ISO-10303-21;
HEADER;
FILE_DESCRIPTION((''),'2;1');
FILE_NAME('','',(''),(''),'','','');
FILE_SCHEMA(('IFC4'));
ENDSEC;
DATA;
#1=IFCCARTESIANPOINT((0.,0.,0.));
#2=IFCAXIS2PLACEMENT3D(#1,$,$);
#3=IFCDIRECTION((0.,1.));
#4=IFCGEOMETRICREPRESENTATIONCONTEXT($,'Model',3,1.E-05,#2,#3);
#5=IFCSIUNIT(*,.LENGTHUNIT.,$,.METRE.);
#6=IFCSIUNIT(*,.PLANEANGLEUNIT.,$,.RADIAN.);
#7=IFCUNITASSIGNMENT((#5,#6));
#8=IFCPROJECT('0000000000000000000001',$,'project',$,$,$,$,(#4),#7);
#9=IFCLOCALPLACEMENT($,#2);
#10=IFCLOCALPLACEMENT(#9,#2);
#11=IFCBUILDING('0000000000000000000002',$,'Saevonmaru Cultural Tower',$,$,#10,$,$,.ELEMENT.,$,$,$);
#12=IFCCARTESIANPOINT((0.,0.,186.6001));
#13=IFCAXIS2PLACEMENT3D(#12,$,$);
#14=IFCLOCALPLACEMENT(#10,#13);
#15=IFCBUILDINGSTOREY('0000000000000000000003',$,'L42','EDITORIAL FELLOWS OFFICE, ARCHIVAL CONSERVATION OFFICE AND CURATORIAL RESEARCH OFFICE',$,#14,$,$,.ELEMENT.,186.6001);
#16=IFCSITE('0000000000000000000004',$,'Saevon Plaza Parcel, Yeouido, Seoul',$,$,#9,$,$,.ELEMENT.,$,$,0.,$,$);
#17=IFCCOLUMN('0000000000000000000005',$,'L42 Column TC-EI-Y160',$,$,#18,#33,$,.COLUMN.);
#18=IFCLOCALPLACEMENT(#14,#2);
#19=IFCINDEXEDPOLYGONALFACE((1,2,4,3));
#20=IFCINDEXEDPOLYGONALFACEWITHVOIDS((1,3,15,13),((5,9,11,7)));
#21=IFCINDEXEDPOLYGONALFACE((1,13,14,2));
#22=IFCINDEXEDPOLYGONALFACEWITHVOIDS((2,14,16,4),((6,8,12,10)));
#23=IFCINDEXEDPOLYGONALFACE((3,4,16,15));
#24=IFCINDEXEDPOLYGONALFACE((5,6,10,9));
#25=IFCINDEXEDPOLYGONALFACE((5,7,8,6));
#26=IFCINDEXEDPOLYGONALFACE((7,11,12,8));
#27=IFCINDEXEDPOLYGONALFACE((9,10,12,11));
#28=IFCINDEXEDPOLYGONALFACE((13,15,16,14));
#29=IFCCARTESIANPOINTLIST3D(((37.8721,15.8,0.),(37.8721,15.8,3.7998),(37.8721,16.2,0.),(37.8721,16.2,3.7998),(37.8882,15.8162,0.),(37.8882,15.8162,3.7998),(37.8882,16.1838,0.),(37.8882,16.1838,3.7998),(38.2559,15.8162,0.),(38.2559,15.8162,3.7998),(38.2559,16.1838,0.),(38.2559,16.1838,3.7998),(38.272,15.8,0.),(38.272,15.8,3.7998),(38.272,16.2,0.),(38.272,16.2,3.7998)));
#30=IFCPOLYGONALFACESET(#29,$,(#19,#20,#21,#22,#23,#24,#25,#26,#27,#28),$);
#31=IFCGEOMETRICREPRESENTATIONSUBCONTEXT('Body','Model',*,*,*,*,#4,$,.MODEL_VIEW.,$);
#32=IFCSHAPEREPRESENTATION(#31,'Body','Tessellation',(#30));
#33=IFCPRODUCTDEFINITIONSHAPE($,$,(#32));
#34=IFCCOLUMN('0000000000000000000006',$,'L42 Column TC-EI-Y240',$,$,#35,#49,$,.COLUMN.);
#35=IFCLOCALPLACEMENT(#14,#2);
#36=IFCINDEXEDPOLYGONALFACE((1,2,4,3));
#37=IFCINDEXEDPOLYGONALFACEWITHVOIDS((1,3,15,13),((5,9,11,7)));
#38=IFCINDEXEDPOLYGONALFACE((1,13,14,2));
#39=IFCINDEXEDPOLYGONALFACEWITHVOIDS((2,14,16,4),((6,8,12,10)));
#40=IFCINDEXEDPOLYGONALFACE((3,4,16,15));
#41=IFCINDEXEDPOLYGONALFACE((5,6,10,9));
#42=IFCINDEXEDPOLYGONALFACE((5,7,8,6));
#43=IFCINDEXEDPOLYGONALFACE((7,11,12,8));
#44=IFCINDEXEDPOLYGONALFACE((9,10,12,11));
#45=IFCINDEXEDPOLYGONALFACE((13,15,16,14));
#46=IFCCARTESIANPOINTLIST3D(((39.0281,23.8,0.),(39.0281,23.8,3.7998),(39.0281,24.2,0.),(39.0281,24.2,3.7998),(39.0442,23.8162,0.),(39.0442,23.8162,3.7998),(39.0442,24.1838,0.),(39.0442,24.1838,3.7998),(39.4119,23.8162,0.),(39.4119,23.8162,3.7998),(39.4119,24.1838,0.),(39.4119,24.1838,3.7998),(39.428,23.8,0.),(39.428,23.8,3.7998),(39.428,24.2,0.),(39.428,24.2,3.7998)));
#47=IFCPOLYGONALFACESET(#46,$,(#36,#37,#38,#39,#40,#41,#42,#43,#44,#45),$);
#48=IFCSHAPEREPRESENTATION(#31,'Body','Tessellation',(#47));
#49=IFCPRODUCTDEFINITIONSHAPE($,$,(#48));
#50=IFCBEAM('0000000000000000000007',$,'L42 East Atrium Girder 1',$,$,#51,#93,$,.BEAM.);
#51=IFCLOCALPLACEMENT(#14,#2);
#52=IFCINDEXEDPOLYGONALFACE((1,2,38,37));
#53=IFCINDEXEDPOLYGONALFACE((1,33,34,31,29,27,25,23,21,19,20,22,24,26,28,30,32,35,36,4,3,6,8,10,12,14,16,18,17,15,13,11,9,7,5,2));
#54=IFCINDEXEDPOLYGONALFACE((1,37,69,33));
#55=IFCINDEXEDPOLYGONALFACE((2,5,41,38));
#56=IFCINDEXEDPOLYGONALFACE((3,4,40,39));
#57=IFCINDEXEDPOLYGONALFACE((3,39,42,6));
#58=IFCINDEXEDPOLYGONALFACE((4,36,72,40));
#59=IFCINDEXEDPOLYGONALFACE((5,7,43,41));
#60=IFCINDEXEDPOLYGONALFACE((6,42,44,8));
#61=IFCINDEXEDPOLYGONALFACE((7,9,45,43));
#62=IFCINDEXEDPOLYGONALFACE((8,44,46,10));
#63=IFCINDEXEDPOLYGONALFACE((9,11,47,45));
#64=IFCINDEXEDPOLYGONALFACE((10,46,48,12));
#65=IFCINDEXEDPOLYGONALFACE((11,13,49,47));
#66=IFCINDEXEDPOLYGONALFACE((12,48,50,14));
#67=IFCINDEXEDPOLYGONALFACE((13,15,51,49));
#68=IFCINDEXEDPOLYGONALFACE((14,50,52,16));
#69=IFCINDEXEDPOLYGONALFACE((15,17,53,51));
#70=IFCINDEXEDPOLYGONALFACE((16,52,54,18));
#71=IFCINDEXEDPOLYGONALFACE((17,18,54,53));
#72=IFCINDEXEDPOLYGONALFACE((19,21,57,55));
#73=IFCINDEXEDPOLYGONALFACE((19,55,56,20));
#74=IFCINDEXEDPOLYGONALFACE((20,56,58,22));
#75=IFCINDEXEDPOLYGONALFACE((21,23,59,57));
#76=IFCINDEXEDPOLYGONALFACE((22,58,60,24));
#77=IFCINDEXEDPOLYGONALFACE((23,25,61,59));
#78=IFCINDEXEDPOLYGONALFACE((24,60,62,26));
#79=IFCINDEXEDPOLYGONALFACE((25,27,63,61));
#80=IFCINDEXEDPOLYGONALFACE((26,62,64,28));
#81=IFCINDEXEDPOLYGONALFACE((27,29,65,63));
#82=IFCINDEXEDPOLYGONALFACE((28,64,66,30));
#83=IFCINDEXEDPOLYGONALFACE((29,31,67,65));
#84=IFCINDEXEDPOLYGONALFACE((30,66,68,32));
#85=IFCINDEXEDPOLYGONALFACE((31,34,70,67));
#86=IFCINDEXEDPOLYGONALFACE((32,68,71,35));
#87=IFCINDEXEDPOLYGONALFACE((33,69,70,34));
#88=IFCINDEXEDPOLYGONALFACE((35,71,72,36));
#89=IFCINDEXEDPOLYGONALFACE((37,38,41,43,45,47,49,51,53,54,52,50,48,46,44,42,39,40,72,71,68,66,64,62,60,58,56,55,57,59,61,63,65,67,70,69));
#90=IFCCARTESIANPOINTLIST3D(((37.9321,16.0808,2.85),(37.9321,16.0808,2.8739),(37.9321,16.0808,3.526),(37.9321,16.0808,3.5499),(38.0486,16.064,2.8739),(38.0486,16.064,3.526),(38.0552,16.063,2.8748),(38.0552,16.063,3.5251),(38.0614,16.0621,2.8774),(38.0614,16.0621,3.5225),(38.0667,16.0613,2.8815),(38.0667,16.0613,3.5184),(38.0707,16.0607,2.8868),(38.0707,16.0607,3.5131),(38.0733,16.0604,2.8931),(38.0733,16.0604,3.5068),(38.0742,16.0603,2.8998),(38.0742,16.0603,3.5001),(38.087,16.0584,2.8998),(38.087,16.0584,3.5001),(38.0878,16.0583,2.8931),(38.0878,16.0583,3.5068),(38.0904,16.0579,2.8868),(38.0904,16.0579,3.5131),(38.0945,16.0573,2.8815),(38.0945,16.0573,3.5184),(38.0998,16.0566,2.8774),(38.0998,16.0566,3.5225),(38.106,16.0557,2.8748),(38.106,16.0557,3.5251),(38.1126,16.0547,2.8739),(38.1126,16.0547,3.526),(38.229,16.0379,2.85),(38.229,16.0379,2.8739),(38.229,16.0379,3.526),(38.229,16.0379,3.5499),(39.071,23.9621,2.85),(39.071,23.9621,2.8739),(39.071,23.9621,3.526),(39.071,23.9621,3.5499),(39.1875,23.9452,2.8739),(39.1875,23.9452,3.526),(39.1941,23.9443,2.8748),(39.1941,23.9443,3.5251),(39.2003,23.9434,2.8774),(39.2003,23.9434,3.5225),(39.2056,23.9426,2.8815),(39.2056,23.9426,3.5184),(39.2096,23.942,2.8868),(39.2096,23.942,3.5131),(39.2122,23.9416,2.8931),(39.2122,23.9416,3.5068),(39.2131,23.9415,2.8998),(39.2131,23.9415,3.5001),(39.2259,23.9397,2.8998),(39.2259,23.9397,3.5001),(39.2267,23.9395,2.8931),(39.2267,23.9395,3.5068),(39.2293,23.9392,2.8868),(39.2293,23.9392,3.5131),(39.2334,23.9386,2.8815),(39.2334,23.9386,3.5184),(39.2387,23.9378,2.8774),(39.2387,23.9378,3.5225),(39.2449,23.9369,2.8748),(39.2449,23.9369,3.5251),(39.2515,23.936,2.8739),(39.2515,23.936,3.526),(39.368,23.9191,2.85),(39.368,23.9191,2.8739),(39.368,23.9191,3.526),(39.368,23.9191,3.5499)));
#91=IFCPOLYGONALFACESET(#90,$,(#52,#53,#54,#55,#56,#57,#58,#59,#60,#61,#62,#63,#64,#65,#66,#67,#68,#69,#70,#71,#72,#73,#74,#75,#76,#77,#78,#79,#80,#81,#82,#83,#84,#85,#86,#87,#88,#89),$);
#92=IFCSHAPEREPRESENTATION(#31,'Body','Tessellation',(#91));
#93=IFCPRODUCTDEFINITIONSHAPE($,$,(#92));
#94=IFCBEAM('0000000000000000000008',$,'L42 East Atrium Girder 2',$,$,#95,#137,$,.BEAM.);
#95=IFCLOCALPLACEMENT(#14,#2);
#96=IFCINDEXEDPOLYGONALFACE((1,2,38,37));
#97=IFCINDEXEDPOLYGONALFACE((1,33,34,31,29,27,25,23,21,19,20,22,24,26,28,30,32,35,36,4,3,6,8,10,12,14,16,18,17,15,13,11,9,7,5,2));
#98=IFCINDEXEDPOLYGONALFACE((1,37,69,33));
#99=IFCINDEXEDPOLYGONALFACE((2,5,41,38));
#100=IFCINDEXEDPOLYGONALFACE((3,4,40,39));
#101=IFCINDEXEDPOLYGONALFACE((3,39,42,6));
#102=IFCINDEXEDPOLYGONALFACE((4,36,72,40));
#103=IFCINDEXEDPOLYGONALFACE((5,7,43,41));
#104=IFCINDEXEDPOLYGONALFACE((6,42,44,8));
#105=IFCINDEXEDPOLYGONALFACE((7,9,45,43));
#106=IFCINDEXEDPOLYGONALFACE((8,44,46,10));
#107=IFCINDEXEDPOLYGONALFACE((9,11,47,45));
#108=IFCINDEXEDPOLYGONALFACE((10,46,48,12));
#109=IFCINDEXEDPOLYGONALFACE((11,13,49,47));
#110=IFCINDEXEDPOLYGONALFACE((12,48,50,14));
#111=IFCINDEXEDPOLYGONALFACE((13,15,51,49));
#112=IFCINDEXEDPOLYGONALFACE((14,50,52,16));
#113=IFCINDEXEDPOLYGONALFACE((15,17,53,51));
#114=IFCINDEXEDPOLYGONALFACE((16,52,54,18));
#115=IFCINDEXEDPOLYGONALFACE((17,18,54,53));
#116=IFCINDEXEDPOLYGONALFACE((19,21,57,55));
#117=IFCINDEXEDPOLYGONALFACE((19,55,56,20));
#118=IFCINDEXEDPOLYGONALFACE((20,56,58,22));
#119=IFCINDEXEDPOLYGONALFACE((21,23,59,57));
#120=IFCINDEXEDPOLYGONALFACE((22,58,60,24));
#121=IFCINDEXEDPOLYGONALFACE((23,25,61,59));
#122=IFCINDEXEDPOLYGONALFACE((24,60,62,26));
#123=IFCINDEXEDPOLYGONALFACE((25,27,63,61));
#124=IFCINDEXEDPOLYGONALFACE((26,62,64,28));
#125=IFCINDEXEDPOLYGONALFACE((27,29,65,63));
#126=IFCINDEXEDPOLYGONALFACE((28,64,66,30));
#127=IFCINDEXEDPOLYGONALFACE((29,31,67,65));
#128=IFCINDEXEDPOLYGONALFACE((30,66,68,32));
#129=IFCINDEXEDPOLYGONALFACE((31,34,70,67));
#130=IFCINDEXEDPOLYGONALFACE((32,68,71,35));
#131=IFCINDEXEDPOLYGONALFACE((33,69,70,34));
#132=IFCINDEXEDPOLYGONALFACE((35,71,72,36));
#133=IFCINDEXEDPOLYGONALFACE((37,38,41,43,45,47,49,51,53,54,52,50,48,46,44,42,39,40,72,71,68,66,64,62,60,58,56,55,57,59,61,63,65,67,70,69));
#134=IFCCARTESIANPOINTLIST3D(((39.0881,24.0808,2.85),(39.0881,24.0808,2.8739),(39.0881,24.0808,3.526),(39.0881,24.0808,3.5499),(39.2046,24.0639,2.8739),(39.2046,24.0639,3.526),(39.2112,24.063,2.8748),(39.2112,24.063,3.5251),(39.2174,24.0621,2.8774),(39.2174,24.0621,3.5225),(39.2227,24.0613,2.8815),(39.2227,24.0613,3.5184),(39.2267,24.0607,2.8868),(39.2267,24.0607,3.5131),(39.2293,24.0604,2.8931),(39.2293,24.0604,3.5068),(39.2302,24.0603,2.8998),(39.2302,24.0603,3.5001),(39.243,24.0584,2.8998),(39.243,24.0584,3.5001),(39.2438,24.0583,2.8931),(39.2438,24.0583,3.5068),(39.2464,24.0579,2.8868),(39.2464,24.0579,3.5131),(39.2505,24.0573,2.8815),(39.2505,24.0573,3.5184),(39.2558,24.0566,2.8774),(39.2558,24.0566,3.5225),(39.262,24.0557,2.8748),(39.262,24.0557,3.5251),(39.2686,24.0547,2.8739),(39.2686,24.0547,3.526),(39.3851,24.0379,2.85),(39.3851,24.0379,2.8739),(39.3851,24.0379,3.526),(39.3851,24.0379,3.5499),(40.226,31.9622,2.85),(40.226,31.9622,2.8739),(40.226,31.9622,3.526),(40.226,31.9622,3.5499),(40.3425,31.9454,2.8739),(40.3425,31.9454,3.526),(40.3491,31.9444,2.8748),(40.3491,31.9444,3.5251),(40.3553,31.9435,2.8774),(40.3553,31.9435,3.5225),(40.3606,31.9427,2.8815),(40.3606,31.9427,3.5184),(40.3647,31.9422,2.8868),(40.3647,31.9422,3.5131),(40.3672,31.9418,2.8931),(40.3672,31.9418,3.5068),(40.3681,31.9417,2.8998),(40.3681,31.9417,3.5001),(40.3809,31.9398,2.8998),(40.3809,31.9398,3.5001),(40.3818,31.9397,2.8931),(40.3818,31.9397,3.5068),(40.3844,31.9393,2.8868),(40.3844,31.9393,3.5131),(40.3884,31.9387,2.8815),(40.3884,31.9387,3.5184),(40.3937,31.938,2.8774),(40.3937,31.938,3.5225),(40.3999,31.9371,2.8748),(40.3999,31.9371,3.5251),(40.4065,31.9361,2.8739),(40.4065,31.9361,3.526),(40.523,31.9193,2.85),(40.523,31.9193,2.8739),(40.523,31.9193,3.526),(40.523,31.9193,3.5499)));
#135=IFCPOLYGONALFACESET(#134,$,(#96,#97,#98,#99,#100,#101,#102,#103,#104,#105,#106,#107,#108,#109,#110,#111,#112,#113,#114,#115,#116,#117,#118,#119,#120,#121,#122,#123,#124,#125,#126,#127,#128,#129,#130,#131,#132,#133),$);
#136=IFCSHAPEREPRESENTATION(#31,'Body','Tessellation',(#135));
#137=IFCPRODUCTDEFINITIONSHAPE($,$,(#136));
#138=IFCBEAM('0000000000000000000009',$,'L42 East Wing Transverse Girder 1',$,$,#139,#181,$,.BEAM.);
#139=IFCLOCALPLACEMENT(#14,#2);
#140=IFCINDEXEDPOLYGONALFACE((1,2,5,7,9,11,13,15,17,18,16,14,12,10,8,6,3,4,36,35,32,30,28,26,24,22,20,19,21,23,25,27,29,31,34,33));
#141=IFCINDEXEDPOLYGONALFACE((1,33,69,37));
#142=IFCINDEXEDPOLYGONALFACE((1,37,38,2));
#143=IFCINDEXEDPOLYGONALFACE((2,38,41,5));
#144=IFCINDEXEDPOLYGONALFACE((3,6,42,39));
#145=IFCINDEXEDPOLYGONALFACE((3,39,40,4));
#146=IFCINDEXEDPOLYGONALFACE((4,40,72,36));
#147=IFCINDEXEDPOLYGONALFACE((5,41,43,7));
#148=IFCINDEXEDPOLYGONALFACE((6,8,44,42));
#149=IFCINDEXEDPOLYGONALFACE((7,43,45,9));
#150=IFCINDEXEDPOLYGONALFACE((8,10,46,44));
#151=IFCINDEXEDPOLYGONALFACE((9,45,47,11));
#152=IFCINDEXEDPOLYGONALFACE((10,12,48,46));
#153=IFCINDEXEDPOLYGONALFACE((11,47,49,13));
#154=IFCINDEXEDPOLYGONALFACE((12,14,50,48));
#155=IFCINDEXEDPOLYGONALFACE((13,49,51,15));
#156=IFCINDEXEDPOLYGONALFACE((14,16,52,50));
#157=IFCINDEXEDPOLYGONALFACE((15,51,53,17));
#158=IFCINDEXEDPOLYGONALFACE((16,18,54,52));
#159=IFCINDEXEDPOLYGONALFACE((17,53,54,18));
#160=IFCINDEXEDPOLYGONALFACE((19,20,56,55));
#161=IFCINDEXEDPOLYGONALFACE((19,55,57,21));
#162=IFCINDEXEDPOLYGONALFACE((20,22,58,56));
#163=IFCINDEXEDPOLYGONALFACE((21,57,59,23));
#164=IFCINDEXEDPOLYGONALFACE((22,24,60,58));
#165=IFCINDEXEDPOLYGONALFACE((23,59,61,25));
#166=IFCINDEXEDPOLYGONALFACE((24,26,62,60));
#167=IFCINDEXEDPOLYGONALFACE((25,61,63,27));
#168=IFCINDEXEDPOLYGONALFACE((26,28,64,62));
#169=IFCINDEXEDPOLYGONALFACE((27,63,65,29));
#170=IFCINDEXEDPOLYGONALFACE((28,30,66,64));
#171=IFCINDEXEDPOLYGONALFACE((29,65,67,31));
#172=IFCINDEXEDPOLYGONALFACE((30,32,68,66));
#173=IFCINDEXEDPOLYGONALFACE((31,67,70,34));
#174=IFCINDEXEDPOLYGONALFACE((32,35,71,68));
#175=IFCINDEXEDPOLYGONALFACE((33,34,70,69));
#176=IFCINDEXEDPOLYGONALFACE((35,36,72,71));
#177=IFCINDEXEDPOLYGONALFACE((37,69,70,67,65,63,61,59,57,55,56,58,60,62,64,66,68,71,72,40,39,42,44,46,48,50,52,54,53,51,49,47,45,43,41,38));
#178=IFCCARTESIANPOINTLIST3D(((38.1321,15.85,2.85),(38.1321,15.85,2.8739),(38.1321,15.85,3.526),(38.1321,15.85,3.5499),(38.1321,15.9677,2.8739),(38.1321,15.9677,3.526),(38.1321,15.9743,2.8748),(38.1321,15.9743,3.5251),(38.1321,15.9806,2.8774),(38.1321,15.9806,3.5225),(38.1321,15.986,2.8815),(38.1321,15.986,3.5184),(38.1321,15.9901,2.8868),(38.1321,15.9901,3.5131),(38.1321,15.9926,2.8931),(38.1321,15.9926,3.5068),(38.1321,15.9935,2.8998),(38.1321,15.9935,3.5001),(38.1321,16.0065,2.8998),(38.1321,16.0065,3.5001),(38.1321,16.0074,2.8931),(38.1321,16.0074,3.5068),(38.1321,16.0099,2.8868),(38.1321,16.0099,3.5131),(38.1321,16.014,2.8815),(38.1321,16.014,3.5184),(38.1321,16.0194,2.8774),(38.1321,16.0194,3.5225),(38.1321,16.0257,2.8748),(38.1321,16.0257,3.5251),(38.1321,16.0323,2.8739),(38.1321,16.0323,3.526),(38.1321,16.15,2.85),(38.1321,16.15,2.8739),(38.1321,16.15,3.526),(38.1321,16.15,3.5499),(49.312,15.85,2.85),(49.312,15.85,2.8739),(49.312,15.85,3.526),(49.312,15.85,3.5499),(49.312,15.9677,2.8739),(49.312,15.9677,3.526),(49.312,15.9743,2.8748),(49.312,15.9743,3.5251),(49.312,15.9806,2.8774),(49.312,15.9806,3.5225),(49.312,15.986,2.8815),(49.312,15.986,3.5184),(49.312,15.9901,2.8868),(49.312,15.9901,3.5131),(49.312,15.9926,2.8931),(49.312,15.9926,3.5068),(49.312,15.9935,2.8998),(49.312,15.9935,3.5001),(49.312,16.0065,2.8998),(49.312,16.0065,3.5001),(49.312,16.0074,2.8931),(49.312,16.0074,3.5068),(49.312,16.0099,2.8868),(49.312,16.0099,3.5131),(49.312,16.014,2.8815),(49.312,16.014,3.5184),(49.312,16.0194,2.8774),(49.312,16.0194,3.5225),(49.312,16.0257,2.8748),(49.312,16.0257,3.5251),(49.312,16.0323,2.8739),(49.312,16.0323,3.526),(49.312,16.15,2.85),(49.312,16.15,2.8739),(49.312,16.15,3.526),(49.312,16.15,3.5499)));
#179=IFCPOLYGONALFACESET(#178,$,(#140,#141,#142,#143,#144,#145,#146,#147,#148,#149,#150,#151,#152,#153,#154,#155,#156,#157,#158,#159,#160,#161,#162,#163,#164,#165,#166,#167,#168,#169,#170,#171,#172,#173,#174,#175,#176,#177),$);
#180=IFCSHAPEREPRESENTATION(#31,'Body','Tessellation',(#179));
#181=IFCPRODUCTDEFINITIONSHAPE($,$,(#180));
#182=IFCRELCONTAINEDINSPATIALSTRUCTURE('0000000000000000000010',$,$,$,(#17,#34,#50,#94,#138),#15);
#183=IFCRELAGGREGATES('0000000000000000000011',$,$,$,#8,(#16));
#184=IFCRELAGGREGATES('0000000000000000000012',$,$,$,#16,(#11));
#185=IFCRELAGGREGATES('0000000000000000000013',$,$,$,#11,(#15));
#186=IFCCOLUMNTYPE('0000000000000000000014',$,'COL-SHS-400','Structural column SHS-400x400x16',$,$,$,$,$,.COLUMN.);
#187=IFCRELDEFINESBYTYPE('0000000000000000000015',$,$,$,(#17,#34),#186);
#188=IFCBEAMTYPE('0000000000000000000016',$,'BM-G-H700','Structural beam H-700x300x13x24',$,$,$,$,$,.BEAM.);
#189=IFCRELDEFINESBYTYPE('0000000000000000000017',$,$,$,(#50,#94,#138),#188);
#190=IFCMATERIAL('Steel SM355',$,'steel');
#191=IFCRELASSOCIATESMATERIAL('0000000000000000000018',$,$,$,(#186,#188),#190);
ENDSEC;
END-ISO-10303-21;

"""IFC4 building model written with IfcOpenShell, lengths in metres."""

from ifc_helpers import new_model, si_unit, direction, frame, origin, origin_2d, place, context, subcontext, project, spatial, hollow_rectangle, i_section, extrude, material, material_profile, profile_set, type_object, element, save


model = new_model("IFC4")

# Units and contexts
model_context = context("Model", 3, precision=1e-05, world=origin(), true_north=direction((0.0, 1.0)))
body_context = subcontext(model_context, "Body", "Model", "MODEL_VIEW")
ifc_project = project(units=[si_unit("LENGTHUNIT", "METRE"), si_unit("PLANEANGLEUNIT", "RADIAN")], contexts=[model_context])

# Site, building, storey
site_placement = place(None, origin())
site = spatial("IfcSite", under=ifc_project, at=site_placement, Name="Saevon Plaza Parcel, Yeouido, Seoul", CompositionType="ELEMENT", RefElevation=0.0)
building_placement = place(site_placement, origin())
building = spatial("IfcBuilding", under=site, at=building_placement, Name="Saevonmaru Cultural Tower", CompositionType="ELEMENT")
storey_placement = place(building_placement, frame((0.0, 0.0, 186.6001)))
storey = spatial("IfcBuildingStorey", under=building, at=storey_placement, Name="L42", Description="EDITORIAL FELLOWS OFFICE, ARCHIVAL CONSERVATION OFFICE AND CURATORIAL RESEARCH OFFICE", CompositionType="ELEMENT", Elevation=186.6001)

# Columns
ifc_material_1 = material(Name="Steel SM355", Category="steel")
ifc_material_profile_1 = material_profile(ifc_material_1, hollow_rectangle(XDim=0.3999, YDim=0.3999, WallThickness=0.0161, at=origin_2d()), Name="SHS-400x400x16")
ifc_profile_set_1 = profile_set([ifc_material_profile_1], Name="Steel SM355")
column_type = type_object("IfcColumnType", Name="COL-SHS-400", Description="Structural column SHS-400x400x16", PredefinedType="COLUMN", material=ifc_profile_set_1)
for number, where, z_axis, x_axis, name in (
    (1, (38.072, 16.0, 0.0), (0.0, 0.0, 1.0), (1.0, 0.0, 0.0), "L42 Column TC-EI-Y160"),
    (2, (39.228, 24.0, 0.0), (0.0, 0.0, 1.0), (1.0, 0.0, 0.0), "L42 Column TC-EI-Y240"),
):
    element("IfcColumn", number, at=place(storey_placement, frame(where, z_axis=z_axis, x_axis=x_axis)), inside=storey, type_object=column_type, Name=name, PredefinedType="COLUMN", context=body_context, shape_type="SweptSolid", body=[
        extrude(hollow_rectangle(XDim=0.3999, YDim=0.3999, WallThickness=0.0161, at=origin_2d()), origin(), (0.0, 0.0, 1.0), 3.7998),
    ])

# Beams
ifc_material_profile_2 = material_profile(ifc_material_1, i_section(OverallWidth=0.3, OverallDepth=0.7, WebThickness=0.0129, FlangeThickness=0.0239, FilletRadius=0.0259, at=origin_2d()), Name="H-700x300x13x24")
ifc_profile_set_2 = profile_set([ifc_material_profile_2], Name="Steel SM355")
beam_type_1 = type_object("IfcBeamType", Name="BM-G-H700", Description="Structural beam H-700x300x13x24", PredefinedType="BEAM", material=ifc_profile_set_2)
for number, where, z_axis, x_axis, name in (
    (3, (38.0806, 16.0593, 3.2), (0.143022, 0.989719, 0.0), (-0.989719, 0.143022, 0.0), "L42 East Atrium Girder 1"),
    (4, (39.2366, 24.0593, 3.2), (0.142902, 0.989737, 0.0), (-0.989737, 0.142902, 0.0), "L42 East Atrium Girder 2"),
):
    element("IfcBeam", number, at=place(storey_placement, frame(where, z_axis=z_axis, x_axis=x_axis)), inside=storey, type_object=beam_type_1, Name=name, PredefinedType="BEAM", context=body_context, shape_type="SweptSolid", body=[
        extrude(i_section(OverallWidth=0.3, OverallDepth=0.7, WebThickness=0.0129, FlangeThickness=0.0239, FilletRadius=0.0259, at=origin_2d()), origin(), (0.0, 0.0, 1.0), 7.9631),
    ])
for number, where, z_axis, x_axis, name in (
    (5, (38.1321, 16.0, 3.2), (1.0, 0.0, 0.0), (0.0, 1.0, 0.0), "L42 East Wing Transverse Girder 1"),
):
    element("IfcBeam", number, at=place(storey_placement, frame(where, z_axis=z_axis, x_axis=x_axis)), inside=storey, type_object=beam_type_1, Name=name, PredefinedType="BEAM", context=body_context, shape_type="SweptSolid", body=[
        extrude(i_section(OverallWidth=0.3, OverallDepth=0.7, WebThickness=0.0129, FlangeThickness=0.0239, FilletRadius=0.0259, at=origin_2d()), origin(), (0.0, 0.0, 1.0), 11.1799),
    ])

save(model, "model.ifc")
